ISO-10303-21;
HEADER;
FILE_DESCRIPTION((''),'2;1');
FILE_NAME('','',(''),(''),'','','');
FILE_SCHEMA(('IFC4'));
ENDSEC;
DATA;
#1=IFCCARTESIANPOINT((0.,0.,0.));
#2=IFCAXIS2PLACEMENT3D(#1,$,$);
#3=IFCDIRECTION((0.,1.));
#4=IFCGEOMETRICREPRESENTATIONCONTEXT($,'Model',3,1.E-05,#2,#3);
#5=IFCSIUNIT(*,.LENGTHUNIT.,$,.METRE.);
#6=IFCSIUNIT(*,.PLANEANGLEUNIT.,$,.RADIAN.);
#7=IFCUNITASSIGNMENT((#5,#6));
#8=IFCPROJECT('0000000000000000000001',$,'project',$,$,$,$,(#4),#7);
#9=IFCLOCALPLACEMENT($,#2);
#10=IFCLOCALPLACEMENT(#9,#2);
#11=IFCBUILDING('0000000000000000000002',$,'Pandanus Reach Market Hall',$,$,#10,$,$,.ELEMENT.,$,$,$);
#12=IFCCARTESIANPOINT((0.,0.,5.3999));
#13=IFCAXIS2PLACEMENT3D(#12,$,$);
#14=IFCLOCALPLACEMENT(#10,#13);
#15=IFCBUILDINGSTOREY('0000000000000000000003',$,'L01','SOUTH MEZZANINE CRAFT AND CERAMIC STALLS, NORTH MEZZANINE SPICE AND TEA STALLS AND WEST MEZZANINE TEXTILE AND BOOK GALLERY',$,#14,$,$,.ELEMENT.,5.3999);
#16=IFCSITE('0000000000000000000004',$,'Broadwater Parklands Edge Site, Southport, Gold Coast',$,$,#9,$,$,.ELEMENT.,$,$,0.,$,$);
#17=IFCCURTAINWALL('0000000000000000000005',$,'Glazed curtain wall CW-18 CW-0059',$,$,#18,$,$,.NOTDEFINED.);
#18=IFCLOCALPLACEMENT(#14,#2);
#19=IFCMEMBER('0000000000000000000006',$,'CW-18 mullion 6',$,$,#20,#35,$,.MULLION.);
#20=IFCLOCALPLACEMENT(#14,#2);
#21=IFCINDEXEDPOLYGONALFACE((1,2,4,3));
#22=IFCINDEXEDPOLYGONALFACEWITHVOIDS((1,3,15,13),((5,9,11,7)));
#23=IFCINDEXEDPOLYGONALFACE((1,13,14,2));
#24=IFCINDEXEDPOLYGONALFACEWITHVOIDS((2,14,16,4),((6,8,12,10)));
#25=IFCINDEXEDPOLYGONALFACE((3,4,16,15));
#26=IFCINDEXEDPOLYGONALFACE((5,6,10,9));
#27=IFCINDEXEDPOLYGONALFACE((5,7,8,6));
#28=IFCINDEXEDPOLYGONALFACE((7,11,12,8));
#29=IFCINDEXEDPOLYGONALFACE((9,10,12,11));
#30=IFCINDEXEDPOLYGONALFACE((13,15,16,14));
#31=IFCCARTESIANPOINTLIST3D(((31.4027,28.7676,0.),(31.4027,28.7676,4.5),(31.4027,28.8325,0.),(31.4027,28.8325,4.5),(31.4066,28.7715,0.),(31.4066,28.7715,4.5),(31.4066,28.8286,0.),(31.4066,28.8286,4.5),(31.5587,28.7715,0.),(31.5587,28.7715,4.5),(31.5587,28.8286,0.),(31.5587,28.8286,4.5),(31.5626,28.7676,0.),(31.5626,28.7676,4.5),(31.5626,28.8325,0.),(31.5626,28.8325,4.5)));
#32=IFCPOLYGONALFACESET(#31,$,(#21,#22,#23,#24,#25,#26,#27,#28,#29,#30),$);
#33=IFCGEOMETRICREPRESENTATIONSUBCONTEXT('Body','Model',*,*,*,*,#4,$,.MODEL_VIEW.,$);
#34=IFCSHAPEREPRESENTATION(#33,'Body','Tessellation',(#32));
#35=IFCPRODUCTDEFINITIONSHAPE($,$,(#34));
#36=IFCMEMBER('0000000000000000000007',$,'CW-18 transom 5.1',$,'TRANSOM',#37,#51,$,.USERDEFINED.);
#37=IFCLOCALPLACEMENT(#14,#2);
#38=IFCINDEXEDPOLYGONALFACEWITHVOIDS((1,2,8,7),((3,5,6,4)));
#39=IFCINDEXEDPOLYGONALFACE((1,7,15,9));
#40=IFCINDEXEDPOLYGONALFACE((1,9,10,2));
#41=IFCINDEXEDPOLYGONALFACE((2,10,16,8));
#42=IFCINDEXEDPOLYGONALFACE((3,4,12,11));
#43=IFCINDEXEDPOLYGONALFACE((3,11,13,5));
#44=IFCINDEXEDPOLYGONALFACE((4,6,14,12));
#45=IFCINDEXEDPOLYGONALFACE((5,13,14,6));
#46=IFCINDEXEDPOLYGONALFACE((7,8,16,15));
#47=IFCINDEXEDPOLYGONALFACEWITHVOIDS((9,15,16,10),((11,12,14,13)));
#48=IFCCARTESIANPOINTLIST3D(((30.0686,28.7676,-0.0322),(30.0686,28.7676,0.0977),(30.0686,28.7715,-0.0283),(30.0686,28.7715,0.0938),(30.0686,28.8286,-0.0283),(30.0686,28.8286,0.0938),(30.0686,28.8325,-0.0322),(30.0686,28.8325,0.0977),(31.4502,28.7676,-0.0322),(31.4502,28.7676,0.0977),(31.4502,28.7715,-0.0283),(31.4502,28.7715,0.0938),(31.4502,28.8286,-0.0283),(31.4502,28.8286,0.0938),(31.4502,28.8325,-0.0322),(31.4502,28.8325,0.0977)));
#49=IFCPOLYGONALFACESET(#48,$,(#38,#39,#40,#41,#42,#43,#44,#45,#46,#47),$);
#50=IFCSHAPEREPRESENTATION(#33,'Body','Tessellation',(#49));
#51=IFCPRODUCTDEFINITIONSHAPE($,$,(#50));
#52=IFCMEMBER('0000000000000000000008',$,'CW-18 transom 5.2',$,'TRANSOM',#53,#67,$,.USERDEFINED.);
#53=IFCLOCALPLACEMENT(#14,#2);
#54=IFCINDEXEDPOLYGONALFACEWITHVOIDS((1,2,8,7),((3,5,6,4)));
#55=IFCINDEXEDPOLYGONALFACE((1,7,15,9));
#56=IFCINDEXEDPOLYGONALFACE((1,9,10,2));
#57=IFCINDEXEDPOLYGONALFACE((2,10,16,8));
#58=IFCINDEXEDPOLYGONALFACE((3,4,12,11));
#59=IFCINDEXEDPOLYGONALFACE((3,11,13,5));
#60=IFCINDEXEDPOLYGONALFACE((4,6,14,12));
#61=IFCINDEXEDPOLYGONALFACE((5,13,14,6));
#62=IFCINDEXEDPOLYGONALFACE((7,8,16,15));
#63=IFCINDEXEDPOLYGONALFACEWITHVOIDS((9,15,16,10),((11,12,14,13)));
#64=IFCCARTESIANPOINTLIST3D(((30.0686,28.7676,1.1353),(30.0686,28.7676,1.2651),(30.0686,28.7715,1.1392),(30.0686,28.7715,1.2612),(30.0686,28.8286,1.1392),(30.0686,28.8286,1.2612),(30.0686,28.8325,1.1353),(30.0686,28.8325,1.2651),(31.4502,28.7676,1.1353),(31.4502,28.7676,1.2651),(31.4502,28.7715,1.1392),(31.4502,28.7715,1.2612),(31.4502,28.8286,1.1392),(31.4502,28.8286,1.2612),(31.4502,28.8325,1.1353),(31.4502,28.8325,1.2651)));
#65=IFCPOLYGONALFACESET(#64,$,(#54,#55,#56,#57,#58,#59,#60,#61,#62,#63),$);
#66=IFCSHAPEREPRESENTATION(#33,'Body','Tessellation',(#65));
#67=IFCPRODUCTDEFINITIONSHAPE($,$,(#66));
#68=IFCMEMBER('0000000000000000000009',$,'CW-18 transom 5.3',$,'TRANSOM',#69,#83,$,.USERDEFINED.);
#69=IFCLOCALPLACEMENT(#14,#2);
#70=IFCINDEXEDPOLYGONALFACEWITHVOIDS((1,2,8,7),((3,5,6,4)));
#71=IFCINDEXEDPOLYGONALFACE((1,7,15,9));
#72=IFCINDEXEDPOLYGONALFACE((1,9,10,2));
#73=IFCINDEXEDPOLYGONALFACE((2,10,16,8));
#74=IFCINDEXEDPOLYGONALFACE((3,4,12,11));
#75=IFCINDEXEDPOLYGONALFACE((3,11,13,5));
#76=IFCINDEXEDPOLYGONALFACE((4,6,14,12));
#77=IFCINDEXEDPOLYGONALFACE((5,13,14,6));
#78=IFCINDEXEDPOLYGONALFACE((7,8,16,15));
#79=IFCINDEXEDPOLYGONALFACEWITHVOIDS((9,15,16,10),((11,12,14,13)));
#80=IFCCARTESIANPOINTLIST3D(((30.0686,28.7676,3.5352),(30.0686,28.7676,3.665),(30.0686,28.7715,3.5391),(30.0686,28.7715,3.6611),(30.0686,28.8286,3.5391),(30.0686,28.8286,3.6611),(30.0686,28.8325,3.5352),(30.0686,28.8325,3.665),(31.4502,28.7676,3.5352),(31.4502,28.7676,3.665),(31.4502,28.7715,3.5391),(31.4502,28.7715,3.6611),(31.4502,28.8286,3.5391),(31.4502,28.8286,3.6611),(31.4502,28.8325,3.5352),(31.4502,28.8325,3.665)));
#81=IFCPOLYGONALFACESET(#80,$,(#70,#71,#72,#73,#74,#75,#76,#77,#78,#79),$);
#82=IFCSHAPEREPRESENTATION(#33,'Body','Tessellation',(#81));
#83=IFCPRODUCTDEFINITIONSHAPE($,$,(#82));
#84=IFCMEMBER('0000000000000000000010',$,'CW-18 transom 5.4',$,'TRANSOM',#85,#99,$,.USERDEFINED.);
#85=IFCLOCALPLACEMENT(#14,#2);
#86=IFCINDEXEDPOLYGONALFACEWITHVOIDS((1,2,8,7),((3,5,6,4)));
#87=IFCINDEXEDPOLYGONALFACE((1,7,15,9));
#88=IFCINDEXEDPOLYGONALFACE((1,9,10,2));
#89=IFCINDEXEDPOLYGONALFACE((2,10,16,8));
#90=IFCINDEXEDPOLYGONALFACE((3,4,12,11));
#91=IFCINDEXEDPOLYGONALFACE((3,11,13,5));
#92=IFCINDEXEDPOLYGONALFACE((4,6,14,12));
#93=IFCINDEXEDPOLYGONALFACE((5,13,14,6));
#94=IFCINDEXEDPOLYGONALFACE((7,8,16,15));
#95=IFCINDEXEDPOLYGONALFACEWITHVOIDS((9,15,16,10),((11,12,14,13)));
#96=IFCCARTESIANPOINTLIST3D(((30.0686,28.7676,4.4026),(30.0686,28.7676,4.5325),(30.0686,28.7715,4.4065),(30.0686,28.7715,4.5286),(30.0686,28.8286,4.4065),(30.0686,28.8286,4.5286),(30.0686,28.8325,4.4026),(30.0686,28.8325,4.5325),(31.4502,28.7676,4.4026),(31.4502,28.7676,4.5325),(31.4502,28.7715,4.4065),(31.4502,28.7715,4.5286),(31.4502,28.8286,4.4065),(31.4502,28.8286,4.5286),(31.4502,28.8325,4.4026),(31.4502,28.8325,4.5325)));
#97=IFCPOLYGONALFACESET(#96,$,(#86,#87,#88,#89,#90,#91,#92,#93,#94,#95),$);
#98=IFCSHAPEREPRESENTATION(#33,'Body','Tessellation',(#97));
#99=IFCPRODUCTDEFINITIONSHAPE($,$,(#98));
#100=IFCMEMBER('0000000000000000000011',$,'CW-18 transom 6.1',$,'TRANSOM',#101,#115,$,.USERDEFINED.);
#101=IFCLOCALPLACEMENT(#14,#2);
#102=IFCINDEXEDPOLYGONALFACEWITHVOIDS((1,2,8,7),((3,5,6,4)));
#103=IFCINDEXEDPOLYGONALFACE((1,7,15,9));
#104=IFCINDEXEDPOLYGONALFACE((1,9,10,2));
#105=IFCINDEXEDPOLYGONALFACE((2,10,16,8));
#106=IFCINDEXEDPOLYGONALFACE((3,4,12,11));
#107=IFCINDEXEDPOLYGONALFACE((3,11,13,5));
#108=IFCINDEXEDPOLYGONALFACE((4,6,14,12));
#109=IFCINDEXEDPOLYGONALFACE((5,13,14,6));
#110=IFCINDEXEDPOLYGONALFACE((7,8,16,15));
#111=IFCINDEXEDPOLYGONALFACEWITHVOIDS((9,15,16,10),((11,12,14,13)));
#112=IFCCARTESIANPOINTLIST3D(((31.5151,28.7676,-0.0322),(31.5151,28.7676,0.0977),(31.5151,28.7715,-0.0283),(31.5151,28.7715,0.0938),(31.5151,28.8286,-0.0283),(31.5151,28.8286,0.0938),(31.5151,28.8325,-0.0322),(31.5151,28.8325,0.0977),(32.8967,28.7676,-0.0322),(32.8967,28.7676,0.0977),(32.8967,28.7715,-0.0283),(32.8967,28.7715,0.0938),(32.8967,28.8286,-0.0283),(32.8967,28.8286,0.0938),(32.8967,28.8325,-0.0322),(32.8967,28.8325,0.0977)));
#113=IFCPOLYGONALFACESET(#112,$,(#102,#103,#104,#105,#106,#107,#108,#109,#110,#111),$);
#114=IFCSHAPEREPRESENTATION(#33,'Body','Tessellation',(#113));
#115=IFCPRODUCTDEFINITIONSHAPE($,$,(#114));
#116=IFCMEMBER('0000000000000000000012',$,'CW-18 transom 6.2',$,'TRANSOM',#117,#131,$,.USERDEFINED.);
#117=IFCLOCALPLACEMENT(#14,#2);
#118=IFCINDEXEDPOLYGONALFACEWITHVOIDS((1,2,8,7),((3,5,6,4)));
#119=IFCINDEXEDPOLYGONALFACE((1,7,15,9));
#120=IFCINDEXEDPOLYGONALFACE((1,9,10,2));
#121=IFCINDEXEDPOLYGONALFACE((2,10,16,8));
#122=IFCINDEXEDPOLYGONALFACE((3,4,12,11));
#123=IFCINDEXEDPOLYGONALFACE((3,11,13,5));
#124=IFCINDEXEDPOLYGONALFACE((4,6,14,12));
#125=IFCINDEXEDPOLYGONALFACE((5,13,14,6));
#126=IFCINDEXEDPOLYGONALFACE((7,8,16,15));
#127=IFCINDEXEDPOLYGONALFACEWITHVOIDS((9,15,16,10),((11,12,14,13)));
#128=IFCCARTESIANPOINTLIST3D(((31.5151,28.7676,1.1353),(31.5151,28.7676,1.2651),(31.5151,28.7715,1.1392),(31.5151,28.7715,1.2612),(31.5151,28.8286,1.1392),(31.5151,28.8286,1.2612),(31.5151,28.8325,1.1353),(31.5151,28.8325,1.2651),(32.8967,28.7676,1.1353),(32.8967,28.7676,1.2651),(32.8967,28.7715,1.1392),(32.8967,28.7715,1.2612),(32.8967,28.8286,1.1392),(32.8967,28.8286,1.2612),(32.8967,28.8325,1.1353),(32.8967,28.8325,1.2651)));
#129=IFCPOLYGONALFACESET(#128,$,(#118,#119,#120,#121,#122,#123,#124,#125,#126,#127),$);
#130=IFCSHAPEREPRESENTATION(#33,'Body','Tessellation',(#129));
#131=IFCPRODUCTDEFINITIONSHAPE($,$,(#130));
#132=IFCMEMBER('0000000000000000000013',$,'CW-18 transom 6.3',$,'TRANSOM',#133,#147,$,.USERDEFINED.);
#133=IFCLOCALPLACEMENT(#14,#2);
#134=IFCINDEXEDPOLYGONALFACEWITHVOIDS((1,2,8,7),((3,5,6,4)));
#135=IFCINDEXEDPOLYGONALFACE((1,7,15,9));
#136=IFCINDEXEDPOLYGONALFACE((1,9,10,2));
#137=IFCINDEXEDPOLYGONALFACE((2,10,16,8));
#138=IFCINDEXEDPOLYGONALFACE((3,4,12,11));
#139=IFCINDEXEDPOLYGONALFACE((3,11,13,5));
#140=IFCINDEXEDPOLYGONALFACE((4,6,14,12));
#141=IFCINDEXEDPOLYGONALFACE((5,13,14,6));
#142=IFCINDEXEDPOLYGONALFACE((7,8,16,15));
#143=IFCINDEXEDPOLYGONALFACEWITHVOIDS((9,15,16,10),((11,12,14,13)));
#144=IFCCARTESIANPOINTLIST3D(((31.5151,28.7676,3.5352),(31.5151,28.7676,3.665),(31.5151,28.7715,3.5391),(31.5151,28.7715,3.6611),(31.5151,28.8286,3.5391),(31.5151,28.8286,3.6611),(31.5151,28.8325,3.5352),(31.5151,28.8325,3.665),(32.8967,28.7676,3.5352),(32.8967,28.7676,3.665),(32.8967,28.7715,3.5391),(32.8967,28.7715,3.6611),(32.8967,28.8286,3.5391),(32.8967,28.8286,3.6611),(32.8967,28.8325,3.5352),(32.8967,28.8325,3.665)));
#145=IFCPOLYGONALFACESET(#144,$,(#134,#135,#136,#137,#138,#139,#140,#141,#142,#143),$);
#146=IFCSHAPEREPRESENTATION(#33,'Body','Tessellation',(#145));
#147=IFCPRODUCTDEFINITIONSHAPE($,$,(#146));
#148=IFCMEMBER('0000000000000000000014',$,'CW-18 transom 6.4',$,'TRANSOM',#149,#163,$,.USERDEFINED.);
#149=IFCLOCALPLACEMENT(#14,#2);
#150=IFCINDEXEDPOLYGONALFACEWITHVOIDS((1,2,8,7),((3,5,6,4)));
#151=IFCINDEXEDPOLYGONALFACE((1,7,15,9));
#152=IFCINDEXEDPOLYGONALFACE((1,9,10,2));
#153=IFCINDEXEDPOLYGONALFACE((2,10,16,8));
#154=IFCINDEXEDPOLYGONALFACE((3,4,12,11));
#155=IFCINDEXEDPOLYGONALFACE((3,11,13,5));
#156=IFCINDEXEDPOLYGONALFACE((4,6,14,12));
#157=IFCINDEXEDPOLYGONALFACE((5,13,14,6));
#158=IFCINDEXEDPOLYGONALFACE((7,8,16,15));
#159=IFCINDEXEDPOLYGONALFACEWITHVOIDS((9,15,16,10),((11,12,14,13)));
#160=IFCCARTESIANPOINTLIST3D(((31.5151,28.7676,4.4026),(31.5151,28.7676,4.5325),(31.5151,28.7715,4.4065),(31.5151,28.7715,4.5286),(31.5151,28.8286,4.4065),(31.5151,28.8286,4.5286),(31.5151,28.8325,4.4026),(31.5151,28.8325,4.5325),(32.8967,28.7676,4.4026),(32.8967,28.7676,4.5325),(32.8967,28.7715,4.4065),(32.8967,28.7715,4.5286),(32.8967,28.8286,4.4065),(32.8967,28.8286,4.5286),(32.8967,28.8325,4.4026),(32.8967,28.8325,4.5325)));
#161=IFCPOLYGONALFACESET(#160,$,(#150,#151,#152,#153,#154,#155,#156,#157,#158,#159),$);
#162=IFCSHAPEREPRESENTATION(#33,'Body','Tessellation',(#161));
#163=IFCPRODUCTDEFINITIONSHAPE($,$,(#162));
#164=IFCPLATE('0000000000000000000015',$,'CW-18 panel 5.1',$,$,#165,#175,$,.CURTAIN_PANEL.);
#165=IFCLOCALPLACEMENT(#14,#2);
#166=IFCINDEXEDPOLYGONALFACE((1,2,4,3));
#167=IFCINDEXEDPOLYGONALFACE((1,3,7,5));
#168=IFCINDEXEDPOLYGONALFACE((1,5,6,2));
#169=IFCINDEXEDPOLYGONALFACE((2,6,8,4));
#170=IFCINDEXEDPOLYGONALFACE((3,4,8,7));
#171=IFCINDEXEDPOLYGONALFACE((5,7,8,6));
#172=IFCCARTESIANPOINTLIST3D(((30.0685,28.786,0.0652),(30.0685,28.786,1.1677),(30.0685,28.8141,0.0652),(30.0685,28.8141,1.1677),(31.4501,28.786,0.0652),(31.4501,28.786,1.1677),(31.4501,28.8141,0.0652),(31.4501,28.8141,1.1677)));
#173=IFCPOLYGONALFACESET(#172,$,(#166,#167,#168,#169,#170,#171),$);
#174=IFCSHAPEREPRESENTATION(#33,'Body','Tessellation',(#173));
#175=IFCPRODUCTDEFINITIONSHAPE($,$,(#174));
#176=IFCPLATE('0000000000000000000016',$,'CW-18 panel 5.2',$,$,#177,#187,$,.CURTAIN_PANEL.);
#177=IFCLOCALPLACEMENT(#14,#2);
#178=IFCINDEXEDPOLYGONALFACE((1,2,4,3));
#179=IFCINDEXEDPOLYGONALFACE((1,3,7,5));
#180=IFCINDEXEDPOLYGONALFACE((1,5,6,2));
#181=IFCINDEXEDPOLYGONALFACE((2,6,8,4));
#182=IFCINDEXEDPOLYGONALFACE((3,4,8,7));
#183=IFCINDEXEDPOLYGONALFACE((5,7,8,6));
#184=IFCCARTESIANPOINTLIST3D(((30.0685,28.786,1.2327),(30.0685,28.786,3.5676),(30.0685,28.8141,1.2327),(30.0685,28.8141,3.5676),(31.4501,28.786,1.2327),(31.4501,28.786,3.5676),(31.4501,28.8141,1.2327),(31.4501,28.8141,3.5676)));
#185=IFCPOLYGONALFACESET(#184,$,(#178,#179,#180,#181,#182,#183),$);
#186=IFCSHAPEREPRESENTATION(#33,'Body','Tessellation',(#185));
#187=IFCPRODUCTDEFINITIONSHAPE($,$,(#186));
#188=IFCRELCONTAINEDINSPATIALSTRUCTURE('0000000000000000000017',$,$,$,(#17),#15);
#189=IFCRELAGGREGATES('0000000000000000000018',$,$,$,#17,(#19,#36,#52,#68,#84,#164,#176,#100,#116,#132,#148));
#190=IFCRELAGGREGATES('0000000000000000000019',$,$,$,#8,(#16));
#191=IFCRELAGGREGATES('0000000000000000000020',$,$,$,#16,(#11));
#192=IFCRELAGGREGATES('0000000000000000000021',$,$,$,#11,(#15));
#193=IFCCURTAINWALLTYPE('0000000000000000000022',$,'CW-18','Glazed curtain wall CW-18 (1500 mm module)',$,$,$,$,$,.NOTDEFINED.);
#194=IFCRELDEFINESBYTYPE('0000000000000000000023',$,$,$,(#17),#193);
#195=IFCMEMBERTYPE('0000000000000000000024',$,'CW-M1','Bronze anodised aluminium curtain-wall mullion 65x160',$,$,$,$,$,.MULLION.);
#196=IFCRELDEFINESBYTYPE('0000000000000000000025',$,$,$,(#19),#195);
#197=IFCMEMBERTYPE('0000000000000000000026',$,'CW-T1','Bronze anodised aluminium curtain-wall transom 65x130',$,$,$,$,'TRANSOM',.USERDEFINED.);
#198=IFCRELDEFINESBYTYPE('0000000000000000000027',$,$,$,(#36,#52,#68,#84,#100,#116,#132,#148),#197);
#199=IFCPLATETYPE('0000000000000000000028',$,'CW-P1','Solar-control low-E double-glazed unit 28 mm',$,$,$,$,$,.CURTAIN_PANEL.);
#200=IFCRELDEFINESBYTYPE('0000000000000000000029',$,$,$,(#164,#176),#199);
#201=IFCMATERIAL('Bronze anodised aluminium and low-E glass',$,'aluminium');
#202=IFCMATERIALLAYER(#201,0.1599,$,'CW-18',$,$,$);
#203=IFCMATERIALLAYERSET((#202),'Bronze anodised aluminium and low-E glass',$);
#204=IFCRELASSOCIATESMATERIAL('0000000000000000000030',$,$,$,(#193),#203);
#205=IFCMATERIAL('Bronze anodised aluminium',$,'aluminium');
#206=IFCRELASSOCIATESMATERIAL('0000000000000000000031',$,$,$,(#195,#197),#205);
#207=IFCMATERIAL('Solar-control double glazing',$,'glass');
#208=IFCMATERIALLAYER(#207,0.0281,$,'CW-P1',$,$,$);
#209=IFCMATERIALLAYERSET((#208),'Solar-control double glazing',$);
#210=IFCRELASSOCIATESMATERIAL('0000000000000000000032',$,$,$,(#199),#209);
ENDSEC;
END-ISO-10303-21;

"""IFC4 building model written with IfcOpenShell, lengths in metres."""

from ifc_helpers import new_model, si_unit, direction, frame, origin, origin_2d, place, context, subcontext, project, spatial, rectangle, hollow_rectangle, extrude, material, layer, layer_set, material_profile, profile_set, type_object, element, aggregate, save


model = new_model("IFC4")

# Units and contexts
model_context = context("Model", 3, precision=1e-05, world=origin(), true_north=direction((0.0, 1.0)))
body_context = subcontext(model_context, "Body", "Model", "MODEL_VIEW")
ifc_project = project(units=[si_unit("LENGTHUNIT", "METRE"), si_unit("PLANEANGLEUNIT", "RADIAN")], contexts=[model_context])

# Site, building, storey
site_placement = place(None, origin())
site = spatial("IfcSite", under=ifc_project, at=site_placement, Name="Broadwater Parklands Edge Site, Southport, Gold Coast", CompositionType="ELEMENT", RefElevation=0.0)
building_placement = place(site_placement, origin())
building = spatial("IfcBuilding", under=site, at=building_placement, Name="Pandanus Reach Market Hall", CompositionType="ELEMENT")
storey_placement = place(building_placement, frame((0.0, 0.0, 5.3999)))
storey = spatial("IfcBuildingStorey", under=building, at=storey_placement, Name="L01", Description="SOUTH MEZZANINE CRAFT AND CERAMIC STALLS, NORTH MEZZANINE SPICE AND TEA STALLS AND WEST MEZZANINE TEXTILE AND BOOK GALLERY", CompositionType="ELEMENT", Elevation=5.3999)

# Curtain wall, members, plates
ifc_material_1 = material(Name="Bronze anodised aluminium and low-E glass", Category="aluminium")
ifc_layer_1 = layer(ifc_material_1, 0.1599, Name="CW-18")
ifc_layer_set_1 = layer_set([ifc_layer_1], Name="Bronze anodised aluminium and low-E glass")
curtain_wall_type = type_object("IfcCurtainWallType", Name="CW-18", Description="Glazed curtain wall CW-18 (1500 mm module)", PredefinedType="NOTDEFINED", material=ifc_layer_set_1)
curtain_wall_placement = place(storey_placement, origin())
curtain_wall = element("IfcCurtainWall", 1, at=curtain_wall_placement, inside=storey, type_object=curtain_wall_type, Name="Glazed curtain wall CW-18 CW-0059", PredefinedType="NOTDEFINED")
ifc_material_2 = material(Name="Bronze anodised aluminium", Category="aluminium")
ifc_material_profile_1 = material_profile(ifc_material_2, hollow_rectangle(XDim=0.0649, YDim=0.1599, WallThickness=0.0039, at=origin_2d()), Name="ALU65x160", Category="LoadBearing")
ifc_profile_set_1 = profile_set([ifc_material_profile_1], Name="Bronze anodised aluminium")
member_type_1 = type_object("IfcMemberType", Name="CW-M1", Description="Bronze anodised aluminium curtain-wall mullion 65x160", PredefinedType="MULLION", material=ifc_profile_set_1)
member_1_placement = place(storey_placement, frame((31.4827, 28.8, 0.0), z_axis=(0.0, 0.0, 1.0), x_axis=(0.0, 1.0, 0.0)))
member_1 = element("IfcMember", 2, at=member_1_placement, type_object=member_type_1, Name="CW-18 mullion 6", PredefinedType="MULLION", context=body_context, shape_type="SweptSolid", body=[
    extrude(hollow_rectangle(XDim=0.0649, YDim=0.1599, WallThickness=0.0039, at=origin_2d()), origin(), (0.0, 0.0, 1.0), 4.5),
])
ifc_material_profile_2 = material_profile(ifc_material_2, hollow_rectangle(XDim=0.0649, YDim=0.1299, WallThickness=0.0039, at=origin_2d()), Name="ALU65x130", Category="LoadBearing")
ifc_profile_set_2 = profile_set([ifc_material_profile_2], Name="Bronze anodised aluminium")
member_type_2 = type_object("IfcMemberType", Name="CW-T1", Description="Bronze anodised aluminium curtain-wall transom 65x130", ElementType="TRANSOM", PredefinedType="USERDEFINED", material=ifc_profile_set_2)
member_2_placement = place(storey_placement, frame((30.0686, 28.8, 0.0327), z_axis=(1.0, 0.0, 0.0), x_axis=(0.0, 1.0, 0.0)))
member_2 = element("IfcMember", 3, at=member_2_placement, type_object=member_type_2, Name="CW-18 transom 5.1", ObjectType="TRANSOM", PredefinedType="USERDEFINED", context=body_context, shape_type="SweptSolid", body=[
    extrude(hollow_rectangle(XDim=0.0649, YDim=0.1299, WallThickness=0.0039, at=origin_2d()), origin(), (0.0, 0.0, 1.0), 1.3816),
])
member_3_placement = place(storey_placement, frame((30.0686, 28.8, 1.2002), z_axis=(1.0, 0.0, 0.0), x_axis=(0.0, 1.0, 0.0)))
member_3 = element("IfcMember", 4, at=member_3_placement, type_object=member_type_2, Name="CW-18 transom 5.2", ObjectType="TRANSOM", PredefinedType="USERDEFINED", context=body_context, shape_type="SweptSolid", body=[
    extrude(hollow_rectangle(XDim=0.0649, YDim=0.1299, WallThickness=0.0039, at=origin_2d()), origin(), (0.0, 0.0, 1.0), 1.3816),
])
member_4_placement = place(storey_placement, frame((30.0686, 28.8, 3.6001), z_axis=(1.0, 0.0, 0.0), x_axis=(0.0, 1.0, 0.0)))
member_4 = element("IfcMember", 5, at=member_4_placement, type_object=member_type_2, Name="CW-18 transom 5.3", ObjectType="TRANSOM", PredefinedType="USERDEFINED", context=body_context, shape_type="SweptSolid", body=[
    extrude(hollow_rectangle(XDim=0.0649, YDim=0.1299, WallThickness=0.0039, at=origin_2d()), origin(), (0.0, 0.0, 1.0), 1.3816),
])
member_5_placement = place(storey_placement, frame((30.0686, 28.8, 4.4675), z_axis=(1.0, 0.0, 0.0), x_axis=(0.0, 1.0, 0.0)))
member_5 = element("IfcMember", 6, at=member_5_placement, type_object=member_type_2, Name="CW-18 transom 5.4", ObjectType="TRANSOM", PredefinedType="USERDEFINED", context=body_context, shape_type="SweptSolid", body=[
    extrude(hollow_rectangle(XDim=0.0649, YDim=0.1299, WallThickness=0.0039, at=origin_2d()), origin(), (0.0, 0.0, 1.0), 1.3816),
])
member_6_placement = place(storey_placement, frame((31.5151, 28.8, 0.0327), z_axis=(1.0, 0.0, 0.0), x_axis=(0.0, 1.0, 0.0)))
member_6 = element("IfcMember", 7, at=member_6_placement, type_object=member_type_2, Name="CW-18 transom 6.1", ObjectType="TRANSOM", PredefinedType="USERDEFINED", context=body_context, shape_type="SweptSolid", body=[
    extrude(hollow_rectangle(XDim=0.0649, YDim=0.1299, WallThickness=0.0039, at=origin_2d()), origin(), (0.0, 0.0, 1.0), 1.3816),
])
member_7_placement = place(storey_placement, frame((31.5151, 28.8, 1.2002), z_axis=(1.0, 0.0, 0.0), x_axis=(0.0, 1.0, 0.0)))
member_7 = element("IfcMember", 8, at=member_7_placement, type_object=member_type_2, Name="CW-18 transom 6.2", ObjectType="TRANSOM", PredefinedType="USERDEFINED", context=body_context, shape_type="SweptSolid", body=[
    extrude(hollow_rectangle(XDim=0.0649, YDim=0.1299, WallThickness=0.0039, at=origin_2d()), origin(), (0.0, 0.0, 1.0), 1.3816),
])
member_8_placement = place(storey_placement, frame((31.5151, 28.8, 3.6001), z_axis=(1.0, 0.0, 0.0), x_axis=(0.0, 1.0, 0.0)))
member_8 = element("IfcMember", 9, at=member_8_placement, type_object=member_type_2, Name="CW-18 transom 6.3", ObjectType="TRANSOM", PredefinedType="USERDEFINED", context=body_context, shape_type="SweptSolid", body=[
    extrude(hollow_rectangle(XDim=0.0649, YDim=0.1299, WallThickness=0.0039, at=origin_2d()), origin(), (0.0, 0.0, 1.0), 1.3816),
])
member_9_placement = place(storey_placement, frame((31.5151, 28.8, 4.4675), z_axis=(1.0, 0.0, 0.0), x_axis=(0.0, 1.0, 0.0)))
member_9 = element("IfcMember", 10, at=member_9_placement, type_object=member_type_2, Name="CW-18 transom 6.4", ObjectType="TRANSOM", PredefinedType="USERDEFINED", context=body_context, shape_type="SweptSolid", body=[
    extrude(hollow_rectangle(XDim=0.0649, YDim=0.1299, WallThickness=0.0039, at=origin_2d()), origin(), (0.0, 0.0, 1.0), 1.3816),
])
ifc_material_3 = material(Name="Solar-control double glazing", Category="glass")
ifc_layer_2 = layer(ifc_material_3, 0.0281, Name="CW-P1")
ifc_layer_set_2 = layer_set([ifc_layer_2], Name="Solar-control double glazing")
plate_type = type_object("IfcPlateType", Name="CW-P1", Description="Solar-control low-E double-glazed unit 28 mm", PredefinedType="CURTAIN_PANEL", material=ifc_layer_set_2)
plate_1_placement = place(storey_placement, frame((30.7593, 28.8, 0.0652), z_axis=(0.0, 0.0, 1.0), x_axis=(1.0, 0.0, 0.0)))
plate_1 = element("IfcPlate", 11, at=plate_1_placement, type_object=plate_type, Name="CW-18 panel 5.1", PredefinedType="CURTAIN_PANEL", context=body_context, shape_type="SweptSolid", body=[
    extrude(rectangle(XDim=1.3816, YDim=0.0281, at=origin_2d()), origin(), (0.0, 0.0, 1.0), 1.1025),
])
plate_2_placement = place(storey_placement, frame((30.7593, 28.8, 1.2327), z_axis=(0.0, 0.0, 1.0), x_axis=(1.0, 0.0, 0.0)))
plate_2 = element("IfcPlate", 12, at=plate_2_placement, type_object=plate_type, Name="CW-18 panel 5.2", PredefinedType="CURTAIN_PANEL", context=body_context, shape_type="SweptSolid", body=[
    extrude(rectangle(XDim=1.3816, YDim=0.0281, at=origin_2d()), origin(), (0.0, 0.0, 1.0), 2.335),
])
aggregate(curtain_wall, [member_1, member_2, member_3, member_4, member_5, plate_1, plate_2, member_6, member_7, member_8, member_9])

save(model, "model.ifc")
